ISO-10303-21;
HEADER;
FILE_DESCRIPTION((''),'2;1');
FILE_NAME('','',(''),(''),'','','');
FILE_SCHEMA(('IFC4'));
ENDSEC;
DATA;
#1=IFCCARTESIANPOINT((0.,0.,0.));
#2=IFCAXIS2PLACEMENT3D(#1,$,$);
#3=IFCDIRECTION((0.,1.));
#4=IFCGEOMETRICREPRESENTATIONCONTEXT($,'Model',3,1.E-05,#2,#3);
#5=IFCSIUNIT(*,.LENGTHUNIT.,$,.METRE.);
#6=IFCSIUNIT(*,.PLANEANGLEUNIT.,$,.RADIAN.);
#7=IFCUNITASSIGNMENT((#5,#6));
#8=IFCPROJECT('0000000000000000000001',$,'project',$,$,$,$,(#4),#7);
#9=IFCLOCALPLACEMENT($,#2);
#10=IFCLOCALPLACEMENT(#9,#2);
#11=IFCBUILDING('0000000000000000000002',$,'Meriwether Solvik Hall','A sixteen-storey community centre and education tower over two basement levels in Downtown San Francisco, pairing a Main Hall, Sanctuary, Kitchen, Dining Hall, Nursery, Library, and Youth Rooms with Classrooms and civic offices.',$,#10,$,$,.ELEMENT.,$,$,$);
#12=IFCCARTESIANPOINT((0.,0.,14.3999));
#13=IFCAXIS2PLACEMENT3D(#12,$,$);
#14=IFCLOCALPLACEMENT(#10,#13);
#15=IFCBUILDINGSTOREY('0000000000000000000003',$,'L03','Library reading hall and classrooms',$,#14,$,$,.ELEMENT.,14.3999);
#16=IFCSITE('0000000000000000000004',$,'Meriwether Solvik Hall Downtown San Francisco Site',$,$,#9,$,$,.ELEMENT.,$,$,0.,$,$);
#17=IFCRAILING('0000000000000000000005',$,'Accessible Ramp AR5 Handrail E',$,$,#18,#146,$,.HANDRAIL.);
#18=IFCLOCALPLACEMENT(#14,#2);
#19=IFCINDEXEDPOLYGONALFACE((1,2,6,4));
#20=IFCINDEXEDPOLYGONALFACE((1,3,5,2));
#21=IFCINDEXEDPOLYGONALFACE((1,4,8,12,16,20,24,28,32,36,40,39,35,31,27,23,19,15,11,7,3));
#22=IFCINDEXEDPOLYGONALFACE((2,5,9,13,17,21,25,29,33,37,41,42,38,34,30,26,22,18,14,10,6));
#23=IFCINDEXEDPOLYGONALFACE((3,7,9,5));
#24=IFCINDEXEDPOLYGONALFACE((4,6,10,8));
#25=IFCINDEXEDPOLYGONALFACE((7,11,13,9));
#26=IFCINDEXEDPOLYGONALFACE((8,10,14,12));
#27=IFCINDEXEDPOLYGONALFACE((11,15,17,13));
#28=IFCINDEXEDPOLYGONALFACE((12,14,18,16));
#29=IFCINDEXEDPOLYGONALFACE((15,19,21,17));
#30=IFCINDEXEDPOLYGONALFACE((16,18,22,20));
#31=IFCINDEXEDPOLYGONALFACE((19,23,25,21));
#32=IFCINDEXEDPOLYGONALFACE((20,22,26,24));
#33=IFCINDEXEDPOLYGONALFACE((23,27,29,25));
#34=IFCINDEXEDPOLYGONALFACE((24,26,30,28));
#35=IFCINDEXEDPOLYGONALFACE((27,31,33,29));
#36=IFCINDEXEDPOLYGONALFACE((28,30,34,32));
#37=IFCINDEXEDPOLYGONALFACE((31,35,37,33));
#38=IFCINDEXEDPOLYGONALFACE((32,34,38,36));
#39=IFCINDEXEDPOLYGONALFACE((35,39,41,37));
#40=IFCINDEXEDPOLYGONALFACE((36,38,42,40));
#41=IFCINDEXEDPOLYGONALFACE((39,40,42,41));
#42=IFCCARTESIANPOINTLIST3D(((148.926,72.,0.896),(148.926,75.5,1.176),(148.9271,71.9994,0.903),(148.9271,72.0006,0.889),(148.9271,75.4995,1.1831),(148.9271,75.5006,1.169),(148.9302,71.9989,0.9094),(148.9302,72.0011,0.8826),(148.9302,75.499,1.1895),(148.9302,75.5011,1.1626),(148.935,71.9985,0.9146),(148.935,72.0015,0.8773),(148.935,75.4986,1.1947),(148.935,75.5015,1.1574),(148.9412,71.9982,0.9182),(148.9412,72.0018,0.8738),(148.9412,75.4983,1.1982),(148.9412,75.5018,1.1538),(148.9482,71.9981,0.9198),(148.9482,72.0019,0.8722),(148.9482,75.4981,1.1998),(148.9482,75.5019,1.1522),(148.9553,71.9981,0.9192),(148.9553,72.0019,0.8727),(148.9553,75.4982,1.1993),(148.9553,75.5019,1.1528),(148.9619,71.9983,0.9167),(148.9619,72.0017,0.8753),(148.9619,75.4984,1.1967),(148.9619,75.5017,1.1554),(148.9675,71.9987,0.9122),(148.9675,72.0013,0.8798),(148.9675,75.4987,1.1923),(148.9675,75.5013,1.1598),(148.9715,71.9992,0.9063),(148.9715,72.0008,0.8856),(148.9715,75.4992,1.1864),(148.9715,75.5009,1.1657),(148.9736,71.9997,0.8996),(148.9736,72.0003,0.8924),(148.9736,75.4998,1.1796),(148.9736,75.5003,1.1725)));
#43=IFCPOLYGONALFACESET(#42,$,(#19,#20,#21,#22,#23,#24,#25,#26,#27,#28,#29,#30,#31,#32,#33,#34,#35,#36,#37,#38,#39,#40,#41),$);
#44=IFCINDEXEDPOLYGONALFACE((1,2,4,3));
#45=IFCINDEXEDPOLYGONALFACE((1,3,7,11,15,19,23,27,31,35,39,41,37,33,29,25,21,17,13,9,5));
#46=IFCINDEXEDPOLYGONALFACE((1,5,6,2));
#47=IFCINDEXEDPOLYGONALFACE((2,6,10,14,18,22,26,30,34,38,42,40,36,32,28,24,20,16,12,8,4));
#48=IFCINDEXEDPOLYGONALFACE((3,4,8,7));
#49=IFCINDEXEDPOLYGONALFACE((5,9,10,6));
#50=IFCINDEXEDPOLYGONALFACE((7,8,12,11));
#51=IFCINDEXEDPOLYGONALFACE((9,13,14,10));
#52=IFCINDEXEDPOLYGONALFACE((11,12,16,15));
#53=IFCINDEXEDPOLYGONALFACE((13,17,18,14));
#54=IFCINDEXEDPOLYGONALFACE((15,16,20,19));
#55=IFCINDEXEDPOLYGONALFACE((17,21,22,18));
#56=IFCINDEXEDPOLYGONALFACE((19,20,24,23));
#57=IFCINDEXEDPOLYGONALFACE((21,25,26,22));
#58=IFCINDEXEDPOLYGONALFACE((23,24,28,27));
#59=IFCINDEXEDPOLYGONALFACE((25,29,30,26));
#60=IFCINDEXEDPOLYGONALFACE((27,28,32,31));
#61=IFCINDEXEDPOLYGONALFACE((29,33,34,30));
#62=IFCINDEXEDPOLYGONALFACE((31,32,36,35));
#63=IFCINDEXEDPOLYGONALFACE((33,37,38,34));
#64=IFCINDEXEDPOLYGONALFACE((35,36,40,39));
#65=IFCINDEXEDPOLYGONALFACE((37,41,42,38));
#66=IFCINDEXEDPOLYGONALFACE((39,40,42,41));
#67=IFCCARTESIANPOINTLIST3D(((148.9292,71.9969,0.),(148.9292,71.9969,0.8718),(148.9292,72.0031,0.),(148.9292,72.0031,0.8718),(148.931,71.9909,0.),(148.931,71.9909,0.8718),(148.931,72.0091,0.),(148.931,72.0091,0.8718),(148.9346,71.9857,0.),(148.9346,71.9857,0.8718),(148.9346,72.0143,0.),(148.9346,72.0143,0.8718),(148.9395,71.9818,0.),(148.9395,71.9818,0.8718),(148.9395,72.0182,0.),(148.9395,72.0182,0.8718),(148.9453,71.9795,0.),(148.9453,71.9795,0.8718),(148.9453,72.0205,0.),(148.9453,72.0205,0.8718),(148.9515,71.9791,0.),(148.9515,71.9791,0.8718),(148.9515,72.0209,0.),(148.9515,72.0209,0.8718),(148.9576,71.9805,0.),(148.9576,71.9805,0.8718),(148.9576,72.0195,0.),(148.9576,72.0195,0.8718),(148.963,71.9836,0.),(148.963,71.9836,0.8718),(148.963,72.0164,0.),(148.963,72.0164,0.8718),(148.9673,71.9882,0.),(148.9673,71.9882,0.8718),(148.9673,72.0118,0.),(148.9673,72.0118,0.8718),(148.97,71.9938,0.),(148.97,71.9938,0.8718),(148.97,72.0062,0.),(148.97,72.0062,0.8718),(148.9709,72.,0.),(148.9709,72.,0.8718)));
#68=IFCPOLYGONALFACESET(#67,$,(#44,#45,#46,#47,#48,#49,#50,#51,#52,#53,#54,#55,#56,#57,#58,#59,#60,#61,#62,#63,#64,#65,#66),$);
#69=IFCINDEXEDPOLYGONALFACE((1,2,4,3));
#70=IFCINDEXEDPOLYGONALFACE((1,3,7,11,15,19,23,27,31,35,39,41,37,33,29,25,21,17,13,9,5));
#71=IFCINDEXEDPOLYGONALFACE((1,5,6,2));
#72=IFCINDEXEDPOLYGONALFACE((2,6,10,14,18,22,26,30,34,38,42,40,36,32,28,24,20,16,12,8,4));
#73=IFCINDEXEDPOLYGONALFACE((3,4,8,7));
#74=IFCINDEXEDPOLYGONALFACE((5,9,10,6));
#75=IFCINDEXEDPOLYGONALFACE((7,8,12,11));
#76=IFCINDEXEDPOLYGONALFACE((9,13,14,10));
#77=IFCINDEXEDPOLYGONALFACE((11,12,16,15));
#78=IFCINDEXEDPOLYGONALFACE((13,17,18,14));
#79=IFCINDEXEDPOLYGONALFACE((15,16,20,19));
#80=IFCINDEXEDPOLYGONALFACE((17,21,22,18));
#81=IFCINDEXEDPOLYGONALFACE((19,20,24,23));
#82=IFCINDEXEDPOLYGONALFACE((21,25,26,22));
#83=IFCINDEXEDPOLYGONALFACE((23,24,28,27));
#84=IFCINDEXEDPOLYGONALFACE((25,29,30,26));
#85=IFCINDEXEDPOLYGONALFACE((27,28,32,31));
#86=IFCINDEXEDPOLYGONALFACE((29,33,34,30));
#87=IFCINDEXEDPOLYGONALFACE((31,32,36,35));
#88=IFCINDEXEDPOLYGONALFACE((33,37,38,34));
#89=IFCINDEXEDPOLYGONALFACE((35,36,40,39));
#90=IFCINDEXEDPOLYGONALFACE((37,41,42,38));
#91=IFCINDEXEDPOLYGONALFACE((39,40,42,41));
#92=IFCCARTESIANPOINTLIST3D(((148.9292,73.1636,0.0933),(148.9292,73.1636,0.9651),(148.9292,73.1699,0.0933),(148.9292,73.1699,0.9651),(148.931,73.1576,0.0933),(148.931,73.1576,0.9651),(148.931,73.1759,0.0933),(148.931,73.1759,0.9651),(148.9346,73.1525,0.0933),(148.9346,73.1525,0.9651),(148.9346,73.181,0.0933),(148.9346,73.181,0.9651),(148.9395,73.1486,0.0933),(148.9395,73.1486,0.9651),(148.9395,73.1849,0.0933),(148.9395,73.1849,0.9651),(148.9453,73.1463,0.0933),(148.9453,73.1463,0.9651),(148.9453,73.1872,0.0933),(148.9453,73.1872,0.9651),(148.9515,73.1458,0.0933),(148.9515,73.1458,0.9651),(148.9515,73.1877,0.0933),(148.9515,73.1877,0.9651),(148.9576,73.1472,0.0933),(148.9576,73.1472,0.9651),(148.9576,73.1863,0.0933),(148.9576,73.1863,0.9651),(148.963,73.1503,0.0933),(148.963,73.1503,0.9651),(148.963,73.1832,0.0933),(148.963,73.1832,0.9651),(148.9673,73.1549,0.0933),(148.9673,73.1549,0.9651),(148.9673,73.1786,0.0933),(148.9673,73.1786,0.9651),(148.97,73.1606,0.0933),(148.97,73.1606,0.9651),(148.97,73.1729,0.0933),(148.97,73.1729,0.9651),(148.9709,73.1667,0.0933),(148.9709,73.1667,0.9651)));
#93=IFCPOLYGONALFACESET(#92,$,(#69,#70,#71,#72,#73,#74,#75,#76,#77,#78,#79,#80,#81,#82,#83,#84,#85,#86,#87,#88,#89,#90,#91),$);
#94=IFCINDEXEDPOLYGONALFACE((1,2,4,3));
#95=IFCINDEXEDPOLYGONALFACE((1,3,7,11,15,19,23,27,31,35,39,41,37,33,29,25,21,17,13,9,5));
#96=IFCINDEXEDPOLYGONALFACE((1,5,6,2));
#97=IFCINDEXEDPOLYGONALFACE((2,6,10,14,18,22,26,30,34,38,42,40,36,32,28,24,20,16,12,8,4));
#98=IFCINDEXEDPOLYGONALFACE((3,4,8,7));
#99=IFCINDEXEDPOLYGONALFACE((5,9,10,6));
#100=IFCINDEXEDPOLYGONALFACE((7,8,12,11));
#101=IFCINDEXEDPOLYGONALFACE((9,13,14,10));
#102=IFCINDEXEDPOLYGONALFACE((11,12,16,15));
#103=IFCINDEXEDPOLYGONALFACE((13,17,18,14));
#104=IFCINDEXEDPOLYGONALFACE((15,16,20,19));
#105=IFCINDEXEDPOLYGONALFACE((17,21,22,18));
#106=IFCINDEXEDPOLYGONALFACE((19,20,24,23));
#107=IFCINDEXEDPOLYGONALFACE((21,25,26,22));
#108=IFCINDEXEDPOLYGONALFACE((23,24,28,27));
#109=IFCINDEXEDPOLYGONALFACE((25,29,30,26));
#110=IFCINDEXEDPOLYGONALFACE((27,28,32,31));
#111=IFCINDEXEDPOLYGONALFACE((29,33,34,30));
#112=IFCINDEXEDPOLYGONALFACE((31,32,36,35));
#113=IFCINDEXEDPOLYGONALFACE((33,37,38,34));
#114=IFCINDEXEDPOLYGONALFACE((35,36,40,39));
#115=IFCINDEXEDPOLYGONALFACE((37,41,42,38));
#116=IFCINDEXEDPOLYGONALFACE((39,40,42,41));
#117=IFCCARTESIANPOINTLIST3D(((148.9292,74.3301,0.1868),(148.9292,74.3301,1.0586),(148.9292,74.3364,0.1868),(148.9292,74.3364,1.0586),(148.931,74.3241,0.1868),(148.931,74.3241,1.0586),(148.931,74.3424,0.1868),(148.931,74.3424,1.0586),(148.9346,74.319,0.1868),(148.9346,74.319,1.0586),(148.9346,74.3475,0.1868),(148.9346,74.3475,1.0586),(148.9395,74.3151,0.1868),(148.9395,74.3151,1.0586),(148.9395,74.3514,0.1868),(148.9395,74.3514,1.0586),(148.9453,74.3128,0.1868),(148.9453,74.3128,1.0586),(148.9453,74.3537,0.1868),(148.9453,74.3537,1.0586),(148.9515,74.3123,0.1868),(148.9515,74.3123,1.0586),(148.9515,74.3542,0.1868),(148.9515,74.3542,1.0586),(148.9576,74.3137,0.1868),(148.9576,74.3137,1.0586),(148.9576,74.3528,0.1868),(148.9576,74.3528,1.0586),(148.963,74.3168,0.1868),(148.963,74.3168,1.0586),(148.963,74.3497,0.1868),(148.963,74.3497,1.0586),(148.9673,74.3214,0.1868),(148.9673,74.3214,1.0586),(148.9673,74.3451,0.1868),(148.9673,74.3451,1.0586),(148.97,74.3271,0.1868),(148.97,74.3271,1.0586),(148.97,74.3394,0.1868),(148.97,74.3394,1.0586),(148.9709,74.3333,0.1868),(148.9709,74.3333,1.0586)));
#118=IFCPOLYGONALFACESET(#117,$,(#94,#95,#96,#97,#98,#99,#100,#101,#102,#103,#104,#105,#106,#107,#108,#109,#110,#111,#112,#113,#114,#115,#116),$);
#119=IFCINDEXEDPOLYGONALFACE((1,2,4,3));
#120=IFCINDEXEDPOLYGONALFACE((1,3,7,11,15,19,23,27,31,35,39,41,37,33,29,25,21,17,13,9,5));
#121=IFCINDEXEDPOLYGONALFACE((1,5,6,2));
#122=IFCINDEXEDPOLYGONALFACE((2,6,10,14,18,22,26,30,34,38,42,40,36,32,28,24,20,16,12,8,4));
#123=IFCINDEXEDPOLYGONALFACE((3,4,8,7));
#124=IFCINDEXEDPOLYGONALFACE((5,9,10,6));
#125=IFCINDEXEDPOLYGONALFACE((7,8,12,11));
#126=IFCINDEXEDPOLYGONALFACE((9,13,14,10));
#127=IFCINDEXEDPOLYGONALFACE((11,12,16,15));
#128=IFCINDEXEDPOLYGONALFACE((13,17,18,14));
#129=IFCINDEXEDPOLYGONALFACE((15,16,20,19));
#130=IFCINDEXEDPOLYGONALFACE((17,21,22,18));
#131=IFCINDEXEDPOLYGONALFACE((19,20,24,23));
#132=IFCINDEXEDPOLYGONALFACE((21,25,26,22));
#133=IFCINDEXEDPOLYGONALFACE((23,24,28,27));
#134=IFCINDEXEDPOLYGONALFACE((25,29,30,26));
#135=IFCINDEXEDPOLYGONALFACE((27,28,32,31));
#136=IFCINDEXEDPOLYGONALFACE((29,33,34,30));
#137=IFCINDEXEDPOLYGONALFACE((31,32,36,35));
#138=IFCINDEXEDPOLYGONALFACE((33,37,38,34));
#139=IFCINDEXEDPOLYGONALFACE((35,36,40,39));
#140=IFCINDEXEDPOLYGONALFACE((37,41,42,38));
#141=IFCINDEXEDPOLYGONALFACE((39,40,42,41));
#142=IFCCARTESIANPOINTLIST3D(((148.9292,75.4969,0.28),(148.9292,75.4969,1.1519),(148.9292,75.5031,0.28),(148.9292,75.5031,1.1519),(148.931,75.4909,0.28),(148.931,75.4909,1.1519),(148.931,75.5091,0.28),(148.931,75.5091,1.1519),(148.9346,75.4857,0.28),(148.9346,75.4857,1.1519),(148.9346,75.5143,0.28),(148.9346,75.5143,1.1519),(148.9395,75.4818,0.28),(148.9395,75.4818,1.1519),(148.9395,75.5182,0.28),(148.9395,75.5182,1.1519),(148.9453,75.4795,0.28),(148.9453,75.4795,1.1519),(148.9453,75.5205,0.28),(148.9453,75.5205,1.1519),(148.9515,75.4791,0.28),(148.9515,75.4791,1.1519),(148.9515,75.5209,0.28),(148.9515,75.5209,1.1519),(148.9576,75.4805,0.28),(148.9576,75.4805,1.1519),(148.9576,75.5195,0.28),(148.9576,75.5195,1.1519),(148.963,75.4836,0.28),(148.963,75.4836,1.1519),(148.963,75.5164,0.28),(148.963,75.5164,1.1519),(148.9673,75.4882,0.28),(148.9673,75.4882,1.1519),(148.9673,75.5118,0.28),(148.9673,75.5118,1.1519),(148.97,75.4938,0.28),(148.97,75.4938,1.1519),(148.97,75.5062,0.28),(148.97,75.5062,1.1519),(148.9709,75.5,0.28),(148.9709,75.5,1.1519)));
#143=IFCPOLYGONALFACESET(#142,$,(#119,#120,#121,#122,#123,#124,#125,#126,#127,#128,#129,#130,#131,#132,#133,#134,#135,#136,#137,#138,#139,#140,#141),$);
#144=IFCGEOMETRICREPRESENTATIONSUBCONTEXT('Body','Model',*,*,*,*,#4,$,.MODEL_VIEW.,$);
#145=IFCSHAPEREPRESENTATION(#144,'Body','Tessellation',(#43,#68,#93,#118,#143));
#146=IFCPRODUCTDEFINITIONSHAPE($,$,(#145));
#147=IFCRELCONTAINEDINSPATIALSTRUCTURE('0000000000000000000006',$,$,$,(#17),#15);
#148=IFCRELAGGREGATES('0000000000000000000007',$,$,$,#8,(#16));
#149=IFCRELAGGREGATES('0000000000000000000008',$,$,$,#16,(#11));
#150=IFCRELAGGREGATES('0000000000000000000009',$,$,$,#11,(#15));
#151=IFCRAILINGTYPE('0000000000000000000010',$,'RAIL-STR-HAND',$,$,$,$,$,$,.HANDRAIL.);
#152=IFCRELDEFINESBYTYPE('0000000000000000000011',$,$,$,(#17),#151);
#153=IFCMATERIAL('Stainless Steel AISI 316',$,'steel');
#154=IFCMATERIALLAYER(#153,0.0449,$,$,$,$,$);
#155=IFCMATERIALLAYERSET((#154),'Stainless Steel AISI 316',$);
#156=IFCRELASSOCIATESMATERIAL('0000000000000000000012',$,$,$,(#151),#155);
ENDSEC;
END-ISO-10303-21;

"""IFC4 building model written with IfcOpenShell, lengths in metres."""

from ifc_helpers import new_model, si_unit, direction, frame, origin, origin_2d, place, context, subcontext, project, spatial, circle, extrude, material, layer, layer_set, type_object, element, save


model = new_model("IFC4")

# Units and contexts
model_context = context("Model", 3, precision=1e-05, world=origin(), true_north=direction((0.0, 1.0)))
body_context = subcontext(model_context, "Body", "Model", "MODEL_VIEW")
ifc_project = project(units=[si_unit("LENGTHUNIT", "METRE"), si_unit("PLANEANGLEUNIT", "RADIAN")], contexts=[model_context])

# Site, building, storey
site_placement = place(None, origin())
site = spatial("IfcSite", under=ifc_project, at=site_placement, Name="Meriwether Solvik Hall Downtown San Francisco Site", CompositionType="ELEMENT", RefElevation=0.0)
building_placement = place(site_placement, origin())
building = spatial("IfcBuilding", under=site, at=building_placement, Name="Meriwether Solvik Hall", Description="A sixteen-storey community centre and education tower over two basement levels in Downtown San Francisco, pairing a Main Hall, Sanctuary, Kitchen, Dining Hall, Nursery, Library, and Youth Rooms with Classrooms and civic offices.", CompositionType="ELEMENT")
storey_placement = place(building_placement, frame((0.0, 0.0, 14.3999)))
storey = spatial("IfcBuildingStorey", under=building, at=storey_placement, Name="L03", Description="Library reading hall and classrooms", CompositionType="ELEMENT", Elevation=14.3999)

# Railing
ifc_material_1 = material(Name="Stainless Steel AISI 316", Category="steel")
ifc_layer_1 = layer(ifc_material_1, 0.0449)
ifc_layer_set_1 = layer_set([ifc_layer_1], Name="Stainless Steel AISI 316")
railing_type = type_object("IfcRailingType", Name="RAIL-STR-HAND", PredefinedType="HANDRAIL", material=ifc_layer_set_1)
for number, where, name in (
    (1, (148.95, 72.0, 0.0), "Accessible Ramp AR5 Handrail E"),
):
    element("IfcRailing", number, at=place(storey_placement, frame(where)), inside=storey, type_object=railing_type, Name=name, PredefinedType="HANDRAIL", context=body_context, shape_type="SweptSolid", body=[
        extrude(circle(Radius=0.0239, at=origin_2d()), frame((0.0, 0.0, 0.896), z_axis=(0.0, 0.996815, 0.079754), x_axis=(-1.0, 0.0, 0.0)), (0.0, 0.0, 1.0), 3.5112),
        extrude(circle(Radius=0.021, at=origin_2d()), origin(), (0.0, 0.0, 1.0), 0.8718),
        extrude(circle(Radius=0.021, at=origin_2d()), frame((0.0, 1.1667, 0.0933)), (0.0, 0.0, 1.0), 0.8718),
        extrude(circle(Radius=0.021, at=origin_2d()), frame((0.0, 2.3333, 0.1868)), (0.0, 0.0, 1.0), 0.8718),
        extrude(circle(Radius=0.021, at=origin_2d()), frame((0.0, 3.5, 0.28)), (0.0, 0.0, 1.0), 0.8718),
    ])

save(model, "model.ifc")
